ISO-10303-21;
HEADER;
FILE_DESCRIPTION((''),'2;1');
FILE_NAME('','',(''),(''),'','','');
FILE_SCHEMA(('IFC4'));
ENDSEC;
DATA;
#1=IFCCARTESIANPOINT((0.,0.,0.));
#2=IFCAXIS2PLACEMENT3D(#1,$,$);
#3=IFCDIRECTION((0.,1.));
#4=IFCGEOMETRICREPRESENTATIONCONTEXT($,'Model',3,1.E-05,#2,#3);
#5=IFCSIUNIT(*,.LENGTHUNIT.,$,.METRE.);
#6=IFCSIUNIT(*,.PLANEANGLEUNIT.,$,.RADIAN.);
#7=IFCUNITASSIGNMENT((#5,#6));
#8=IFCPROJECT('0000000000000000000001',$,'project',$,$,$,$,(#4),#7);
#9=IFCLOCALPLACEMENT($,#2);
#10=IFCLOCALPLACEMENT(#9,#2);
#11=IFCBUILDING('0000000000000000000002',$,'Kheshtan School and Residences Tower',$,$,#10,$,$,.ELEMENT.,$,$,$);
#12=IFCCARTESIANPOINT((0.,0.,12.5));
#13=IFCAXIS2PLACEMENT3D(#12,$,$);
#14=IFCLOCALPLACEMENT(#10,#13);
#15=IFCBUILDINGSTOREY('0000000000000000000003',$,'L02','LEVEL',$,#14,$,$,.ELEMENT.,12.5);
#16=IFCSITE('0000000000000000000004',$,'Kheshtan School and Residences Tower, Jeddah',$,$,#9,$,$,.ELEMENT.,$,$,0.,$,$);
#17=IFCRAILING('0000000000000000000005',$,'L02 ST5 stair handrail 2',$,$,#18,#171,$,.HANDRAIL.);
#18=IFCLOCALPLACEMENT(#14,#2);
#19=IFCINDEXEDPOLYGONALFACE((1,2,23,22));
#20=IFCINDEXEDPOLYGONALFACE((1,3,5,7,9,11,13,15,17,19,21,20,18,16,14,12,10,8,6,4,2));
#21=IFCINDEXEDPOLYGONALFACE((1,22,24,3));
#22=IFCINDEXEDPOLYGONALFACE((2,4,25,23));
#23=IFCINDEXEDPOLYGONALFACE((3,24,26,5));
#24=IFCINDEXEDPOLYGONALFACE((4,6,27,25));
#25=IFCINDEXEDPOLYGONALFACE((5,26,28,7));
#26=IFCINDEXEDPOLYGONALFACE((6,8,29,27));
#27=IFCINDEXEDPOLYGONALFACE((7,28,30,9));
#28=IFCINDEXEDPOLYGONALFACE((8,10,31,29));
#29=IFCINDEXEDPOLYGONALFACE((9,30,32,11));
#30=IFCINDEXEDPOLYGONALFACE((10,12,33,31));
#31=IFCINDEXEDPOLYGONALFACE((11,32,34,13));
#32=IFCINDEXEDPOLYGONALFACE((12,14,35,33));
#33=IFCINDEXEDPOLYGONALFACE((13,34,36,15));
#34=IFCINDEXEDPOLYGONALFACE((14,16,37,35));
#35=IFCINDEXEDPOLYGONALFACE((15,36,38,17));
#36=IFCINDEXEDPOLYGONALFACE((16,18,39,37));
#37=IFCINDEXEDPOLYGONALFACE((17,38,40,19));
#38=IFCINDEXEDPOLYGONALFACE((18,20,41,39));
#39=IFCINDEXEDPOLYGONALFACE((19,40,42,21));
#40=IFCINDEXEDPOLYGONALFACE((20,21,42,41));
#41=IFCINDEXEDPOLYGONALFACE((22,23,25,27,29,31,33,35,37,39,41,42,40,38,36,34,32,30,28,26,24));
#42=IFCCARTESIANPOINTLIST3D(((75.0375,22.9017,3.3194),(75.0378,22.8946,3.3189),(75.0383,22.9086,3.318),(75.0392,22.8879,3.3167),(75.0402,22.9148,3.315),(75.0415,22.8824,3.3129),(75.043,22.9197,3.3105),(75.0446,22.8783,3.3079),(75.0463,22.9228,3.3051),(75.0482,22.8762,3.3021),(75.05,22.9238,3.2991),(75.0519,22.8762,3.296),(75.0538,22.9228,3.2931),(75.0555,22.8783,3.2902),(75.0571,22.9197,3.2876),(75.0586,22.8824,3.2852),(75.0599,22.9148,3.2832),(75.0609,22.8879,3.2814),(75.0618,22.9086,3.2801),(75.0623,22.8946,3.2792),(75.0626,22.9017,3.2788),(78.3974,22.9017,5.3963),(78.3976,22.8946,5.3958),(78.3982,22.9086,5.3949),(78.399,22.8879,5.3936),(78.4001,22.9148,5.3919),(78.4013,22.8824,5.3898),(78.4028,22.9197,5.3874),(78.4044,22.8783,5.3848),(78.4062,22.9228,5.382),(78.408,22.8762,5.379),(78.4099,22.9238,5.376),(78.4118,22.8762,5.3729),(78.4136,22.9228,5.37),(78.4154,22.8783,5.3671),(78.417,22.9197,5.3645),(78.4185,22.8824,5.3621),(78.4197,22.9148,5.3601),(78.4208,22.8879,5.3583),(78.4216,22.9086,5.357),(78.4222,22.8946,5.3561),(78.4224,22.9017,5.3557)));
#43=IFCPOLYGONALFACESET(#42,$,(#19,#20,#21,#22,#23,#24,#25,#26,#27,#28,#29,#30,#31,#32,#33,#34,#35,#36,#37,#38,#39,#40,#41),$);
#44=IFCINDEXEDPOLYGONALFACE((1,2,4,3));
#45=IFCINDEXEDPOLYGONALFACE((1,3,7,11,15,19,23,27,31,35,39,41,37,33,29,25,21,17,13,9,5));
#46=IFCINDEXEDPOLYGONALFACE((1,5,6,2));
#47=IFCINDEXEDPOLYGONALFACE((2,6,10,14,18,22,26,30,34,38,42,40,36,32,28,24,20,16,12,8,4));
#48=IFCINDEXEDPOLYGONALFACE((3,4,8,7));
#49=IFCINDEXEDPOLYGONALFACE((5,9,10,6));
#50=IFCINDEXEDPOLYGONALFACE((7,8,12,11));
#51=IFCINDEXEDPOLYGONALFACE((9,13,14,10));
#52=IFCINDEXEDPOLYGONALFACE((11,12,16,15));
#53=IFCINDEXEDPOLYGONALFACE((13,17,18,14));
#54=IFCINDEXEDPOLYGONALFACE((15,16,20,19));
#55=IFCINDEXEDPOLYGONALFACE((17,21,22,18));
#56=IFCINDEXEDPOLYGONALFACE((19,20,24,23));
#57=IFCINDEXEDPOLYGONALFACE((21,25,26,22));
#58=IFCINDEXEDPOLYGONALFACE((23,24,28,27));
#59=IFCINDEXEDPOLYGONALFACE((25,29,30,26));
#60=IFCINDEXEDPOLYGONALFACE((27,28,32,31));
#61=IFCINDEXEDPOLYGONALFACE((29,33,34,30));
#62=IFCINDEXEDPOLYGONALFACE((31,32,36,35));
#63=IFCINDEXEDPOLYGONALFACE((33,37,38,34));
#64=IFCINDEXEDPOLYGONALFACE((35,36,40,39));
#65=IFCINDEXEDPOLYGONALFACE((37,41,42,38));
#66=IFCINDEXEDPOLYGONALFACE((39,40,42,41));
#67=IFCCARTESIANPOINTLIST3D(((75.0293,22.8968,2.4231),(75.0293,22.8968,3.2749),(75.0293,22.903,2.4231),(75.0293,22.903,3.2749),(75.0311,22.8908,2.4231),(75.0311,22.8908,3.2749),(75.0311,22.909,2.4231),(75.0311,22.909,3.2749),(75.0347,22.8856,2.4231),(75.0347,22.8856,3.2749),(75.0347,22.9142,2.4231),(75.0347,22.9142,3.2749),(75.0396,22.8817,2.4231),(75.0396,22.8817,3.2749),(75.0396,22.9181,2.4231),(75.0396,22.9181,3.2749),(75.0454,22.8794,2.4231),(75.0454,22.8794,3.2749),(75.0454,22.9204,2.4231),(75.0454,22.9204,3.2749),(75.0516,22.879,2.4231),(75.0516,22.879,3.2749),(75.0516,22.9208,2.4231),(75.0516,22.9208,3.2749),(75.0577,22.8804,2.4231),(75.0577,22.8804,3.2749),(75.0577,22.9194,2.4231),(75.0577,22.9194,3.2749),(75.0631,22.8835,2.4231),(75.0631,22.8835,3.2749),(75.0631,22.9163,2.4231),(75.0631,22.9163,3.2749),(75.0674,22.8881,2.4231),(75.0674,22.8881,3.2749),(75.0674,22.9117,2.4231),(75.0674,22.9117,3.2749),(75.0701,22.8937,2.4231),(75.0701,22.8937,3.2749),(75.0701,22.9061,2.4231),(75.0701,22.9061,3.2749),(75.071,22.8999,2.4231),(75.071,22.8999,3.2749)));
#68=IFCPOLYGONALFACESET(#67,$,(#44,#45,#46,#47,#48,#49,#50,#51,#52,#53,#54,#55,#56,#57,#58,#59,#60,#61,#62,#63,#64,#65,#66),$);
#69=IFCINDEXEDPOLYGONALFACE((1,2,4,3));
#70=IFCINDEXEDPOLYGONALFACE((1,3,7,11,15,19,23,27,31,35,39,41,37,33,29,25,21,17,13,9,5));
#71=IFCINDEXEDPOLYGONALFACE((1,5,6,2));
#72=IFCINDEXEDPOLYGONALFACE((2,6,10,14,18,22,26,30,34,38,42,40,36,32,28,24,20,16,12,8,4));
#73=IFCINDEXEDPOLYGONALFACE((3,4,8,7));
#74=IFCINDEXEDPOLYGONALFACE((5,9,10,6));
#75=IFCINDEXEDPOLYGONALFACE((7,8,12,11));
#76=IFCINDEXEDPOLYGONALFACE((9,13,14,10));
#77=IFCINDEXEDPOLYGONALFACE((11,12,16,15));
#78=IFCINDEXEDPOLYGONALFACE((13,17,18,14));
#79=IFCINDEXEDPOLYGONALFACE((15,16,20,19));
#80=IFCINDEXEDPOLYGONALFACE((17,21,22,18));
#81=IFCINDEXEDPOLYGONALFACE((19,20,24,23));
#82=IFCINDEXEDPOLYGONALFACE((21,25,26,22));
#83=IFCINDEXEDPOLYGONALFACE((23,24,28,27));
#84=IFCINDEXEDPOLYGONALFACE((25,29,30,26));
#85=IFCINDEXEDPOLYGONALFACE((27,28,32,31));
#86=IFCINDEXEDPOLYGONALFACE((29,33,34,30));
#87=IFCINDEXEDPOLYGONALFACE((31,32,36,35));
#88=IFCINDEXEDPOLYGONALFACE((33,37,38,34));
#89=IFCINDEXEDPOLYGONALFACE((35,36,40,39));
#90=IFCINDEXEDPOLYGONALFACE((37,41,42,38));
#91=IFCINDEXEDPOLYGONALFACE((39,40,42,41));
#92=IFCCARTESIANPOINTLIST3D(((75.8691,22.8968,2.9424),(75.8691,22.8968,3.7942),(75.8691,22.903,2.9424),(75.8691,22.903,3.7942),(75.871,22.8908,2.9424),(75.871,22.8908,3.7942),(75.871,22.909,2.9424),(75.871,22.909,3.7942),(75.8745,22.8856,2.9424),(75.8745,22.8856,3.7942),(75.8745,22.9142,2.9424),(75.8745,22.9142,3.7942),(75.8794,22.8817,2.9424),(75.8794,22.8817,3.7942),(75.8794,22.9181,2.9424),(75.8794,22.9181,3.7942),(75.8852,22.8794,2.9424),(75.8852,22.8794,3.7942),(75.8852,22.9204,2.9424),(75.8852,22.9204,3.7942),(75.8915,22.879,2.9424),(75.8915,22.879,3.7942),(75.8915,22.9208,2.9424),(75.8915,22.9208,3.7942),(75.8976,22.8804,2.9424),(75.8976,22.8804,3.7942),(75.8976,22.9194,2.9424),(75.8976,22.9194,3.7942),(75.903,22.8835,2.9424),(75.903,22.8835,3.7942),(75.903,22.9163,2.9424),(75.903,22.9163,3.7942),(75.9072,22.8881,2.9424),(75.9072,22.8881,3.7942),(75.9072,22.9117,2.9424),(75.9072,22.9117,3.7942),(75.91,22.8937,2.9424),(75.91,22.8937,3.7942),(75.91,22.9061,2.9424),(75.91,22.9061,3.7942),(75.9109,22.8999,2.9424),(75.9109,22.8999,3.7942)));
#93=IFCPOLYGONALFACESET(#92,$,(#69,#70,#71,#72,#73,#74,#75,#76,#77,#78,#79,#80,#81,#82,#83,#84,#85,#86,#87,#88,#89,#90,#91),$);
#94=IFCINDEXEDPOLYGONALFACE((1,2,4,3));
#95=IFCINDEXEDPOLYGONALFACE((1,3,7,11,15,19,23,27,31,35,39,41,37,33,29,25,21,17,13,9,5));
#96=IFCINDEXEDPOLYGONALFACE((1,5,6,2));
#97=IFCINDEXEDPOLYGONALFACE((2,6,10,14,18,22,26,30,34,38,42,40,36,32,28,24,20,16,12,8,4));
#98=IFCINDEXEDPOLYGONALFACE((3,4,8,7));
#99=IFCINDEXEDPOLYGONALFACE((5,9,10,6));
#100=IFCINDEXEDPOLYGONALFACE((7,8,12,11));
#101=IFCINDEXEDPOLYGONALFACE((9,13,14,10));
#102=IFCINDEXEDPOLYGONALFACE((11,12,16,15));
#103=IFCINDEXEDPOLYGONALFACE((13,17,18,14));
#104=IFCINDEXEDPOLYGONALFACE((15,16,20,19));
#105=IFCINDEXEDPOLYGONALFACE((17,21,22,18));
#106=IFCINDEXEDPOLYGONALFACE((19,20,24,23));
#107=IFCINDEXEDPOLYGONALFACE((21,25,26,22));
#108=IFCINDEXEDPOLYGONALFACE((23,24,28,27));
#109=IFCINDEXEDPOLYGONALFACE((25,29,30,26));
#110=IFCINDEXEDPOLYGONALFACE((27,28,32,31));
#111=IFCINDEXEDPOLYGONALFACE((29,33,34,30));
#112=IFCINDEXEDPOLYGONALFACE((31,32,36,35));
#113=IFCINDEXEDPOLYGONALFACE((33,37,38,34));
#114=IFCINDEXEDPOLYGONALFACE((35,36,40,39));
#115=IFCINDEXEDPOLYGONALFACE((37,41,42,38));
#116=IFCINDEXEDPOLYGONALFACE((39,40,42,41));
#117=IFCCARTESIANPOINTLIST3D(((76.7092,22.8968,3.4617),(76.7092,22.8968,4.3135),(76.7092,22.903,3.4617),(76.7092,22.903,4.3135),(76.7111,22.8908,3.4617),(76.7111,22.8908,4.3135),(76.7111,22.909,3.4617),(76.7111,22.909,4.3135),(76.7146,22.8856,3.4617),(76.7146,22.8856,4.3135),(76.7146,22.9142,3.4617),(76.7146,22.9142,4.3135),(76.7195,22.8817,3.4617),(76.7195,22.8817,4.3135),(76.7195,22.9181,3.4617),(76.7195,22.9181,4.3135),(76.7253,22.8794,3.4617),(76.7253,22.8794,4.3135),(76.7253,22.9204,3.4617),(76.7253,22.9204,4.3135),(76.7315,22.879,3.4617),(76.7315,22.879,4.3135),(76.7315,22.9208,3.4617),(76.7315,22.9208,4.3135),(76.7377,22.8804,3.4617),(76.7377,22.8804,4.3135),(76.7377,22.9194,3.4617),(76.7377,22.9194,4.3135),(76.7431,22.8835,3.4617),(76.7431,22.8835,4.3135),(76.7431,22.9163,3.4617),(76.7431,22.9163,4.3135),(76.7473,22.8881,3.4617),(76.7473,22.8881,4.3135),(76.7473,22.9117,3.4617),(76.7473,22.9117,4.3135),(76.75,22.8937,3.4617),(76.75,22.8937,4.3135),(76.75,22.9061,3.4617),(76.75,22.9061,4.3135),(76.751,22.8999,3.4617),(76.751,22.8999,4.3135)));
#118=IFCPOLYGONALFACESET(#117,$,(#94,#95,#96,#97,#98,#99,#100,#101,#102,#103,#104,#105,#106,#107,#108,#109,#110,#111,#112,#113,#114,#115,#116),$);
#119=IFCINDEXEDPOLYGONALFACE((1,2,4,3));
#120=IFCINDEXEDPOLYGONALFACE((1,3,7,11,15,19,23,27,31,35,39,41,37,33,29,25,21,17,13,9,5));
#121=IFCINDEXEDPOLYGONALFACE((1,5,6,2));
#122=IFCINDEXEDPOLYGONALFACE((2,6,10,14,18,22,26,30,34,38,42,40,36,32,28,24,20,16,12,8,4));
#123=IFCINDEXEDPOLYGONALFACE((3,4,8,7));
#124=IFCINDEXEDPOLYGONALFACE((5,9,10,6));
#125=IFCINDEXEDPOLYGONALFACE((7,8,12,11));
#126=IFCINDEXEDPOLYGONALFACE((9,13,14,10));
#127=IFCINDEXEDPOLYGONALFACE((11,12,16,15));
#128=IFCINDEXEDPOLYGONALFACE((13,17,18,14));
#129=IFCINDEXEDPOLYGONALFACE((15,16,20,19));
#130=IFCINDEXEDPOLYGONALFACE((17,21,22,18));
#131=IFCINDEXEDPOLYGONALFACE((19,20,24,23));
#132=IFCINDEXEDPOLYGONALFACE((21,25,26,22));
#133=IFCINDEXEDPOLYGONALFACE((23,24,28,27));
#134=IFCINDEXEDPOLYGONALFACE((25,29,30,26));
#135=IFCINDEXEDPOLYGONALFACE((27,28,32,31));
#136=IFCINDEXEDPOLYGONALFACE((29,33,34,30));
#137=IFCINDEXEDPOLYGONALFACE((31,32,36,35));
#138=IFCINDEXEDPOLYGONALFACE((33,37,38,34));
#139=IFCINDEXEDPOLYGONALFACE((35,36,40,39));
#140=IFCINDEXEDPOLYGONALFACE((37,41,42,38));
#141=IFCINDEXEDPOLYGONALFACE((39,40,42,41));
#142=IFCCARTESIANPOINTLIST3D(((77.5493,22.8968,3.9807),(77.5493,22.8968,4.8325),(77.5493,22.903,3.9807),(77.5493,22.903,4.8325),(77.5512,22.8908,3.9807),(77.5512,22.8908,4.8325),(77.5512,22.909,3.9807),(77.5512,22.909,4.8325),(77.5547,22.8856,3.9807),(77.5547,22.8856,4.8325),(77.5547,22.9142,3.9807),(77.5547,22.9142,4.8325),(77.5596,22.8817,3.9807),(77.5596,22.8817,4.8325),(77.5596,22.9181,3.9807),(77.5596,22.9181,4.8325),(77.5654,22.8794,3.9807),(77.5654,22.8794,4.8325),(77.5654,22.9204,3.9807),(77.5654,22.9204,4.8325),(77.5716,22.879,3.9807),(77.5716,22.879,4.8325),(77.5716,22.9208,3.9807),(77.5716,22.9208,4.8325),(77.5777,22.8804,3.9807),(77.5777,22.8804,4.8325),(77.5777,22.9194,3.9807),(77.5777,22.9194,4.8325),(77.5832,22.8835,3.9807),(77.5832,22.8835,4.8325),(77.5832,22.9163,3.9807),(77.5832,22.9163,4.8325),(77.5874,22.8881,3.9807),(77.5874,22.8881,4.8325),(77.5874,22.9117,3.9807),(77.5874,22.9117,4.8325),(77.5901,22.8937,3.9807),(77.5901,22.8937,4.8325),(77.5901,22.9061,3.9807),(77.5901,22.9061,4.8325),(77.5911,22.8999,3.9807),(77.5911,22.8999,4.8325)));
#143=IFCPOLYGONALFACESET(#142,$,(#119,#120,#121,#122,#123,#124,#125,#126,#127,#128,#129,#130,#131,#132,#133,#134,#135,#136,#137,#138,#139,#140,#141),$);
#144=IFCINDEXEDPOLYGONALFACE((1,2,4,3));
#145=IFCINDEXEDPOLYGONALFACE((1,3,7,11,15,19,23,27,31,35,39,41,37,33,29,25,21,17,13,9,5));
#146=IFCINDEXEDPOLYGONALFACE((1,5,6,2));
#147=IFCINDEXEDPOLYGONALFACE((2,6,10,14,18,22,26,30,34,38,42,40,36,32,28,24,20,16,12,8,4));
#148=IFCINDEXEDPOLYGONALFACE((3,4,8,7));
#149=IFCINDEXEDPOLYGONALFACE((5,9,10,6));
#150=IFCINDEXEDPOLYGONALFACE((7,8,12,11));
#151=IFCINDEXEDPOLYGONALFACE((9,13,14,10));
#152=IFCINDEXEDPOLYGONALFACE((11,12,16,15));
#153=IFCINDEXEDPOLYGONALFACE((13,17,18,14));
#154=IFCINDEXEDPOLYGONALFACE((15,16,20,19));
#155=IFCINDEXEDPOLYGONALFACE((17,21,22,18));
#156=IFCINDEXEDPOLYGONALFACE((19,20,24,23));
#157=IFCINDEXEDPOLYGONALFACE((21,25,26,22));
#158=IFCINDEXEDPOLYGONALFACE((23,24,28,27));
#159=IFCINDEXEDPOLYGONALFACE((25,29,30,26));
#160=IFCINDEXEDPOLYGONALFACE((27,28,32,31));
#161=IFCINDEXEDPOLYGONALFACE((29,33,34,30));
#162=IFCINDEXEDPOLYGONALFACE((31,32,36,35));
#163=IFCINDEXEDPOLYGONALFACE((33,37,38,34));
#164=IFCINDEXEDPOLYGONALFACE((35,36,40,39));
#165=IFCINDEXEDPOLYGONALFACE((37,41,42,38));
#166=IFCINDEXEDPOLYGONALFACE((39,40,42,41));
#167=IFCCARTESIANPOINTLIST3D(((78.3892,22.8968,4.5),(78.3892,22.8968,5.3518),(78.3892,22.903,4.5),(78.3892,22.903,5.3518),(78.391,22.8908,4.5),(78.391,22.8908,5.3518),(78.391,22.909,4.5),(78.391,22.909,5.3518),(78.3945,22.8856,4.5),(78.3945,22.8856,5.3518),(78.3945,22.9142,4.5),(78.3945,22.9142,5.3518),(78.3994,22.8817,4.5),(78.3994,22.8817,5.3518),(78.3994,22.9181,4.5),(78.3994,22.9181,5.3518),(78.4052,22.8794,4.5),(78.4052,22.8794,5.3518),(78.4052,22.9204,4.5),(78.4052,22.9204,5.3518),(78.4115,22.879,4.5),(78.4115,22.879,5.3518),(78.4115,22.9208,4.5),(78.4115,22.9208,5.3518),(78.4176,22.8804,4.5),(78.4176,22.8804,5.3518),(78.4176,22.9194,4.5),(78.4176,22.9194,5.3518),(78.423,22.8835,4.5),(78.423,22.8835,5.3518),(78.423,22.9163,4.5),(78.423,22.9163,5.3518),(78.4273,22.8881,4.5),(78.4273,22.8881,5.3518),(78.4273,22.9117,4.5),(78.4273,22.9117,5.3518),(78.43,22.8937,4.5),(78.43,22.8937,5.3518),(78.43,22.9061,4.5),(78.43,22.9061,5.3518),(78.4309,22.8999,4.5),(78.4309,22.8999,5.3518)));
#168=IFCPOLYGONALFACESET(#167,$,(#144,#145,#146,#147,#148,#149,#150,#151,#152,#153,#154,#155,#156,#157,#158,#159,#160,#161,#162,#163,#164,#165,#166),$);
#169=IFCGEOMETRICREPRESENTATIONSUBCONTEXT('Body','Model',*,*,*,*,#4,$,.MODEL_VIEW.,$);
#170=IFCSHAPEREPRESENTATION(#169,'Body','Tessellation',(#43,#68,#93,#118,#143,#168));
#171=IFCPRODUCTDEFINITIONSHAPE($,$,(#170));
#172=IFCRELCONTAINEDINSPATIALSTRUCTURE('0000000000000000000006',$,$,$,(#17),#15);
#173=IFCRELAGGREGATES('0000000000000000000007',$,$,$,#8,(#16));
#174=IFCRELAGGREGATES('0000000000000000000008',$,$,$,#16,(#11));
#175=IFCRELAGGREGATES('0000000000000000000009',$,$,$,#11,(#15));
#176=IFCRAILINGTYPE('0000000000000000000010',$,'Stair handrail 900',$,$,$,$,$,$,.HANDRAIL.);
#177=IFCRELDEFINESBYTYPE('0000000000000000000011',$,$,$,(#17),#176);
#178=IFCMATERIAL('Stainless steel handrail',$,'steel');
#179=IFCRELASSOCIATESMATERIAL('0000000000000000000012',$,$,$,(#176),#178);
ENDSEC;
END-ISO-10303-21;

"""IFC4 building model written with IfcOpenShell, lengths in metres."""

from ifc_helpers import new_model, si_unit, direction, frame, origin, origin_2d, place, context, subcontext, project, spatial, circle, extrude, material, type_object, element, save


model = new_model("IFC4")

# Units and contexts
model_context = context("Model", 3, precision=1e-05, world=origin(), true_north=direction((0.0, 1.0)))
body_context = subcontext(model_context, "Body", "Model", "MODEL_VIEW")
ifc_project = project(units=[si_unit("LENGTHUNIT", "METRE"), si_unit("PLANEANGLEUNIT", "RADIAN")], contexts=[model_context])

# Site, building, storey
site_placement = place(None, origin())
site = spatial("IfcSite", under=ifc_project, at=site_placement, Name="Kheshtan School and Residences Tower, Jeddah", CompositionType="ELEMENT", RefElevation=0.0)
building_placement = place(site_placement, origin())
building = spatial("IfcBuilding", under=site, at=building_placement, Name="Kheshtan School and Residences Tower", CompositionType="ELEMENT")
storey_placement = place(building_placement, frame((0.0, 0.0, 12.5)))
storey = spatial("IfcBuildingStorey", under=building, at=storey_placement, Name="L02", Description="LEVEL", CompositionType="ELEMENT", Elevation=12.5)

# Railing
ifc_material_1 = material(Name="Stainless steel handrail", Category="steel")
railing_type = type_object("IfcRailingType", Name="Stair handrail 900", PredefinedType="HANDRAIL", material=ifc_material_1)
railing_1_placement = place(storey_placement, frame((75.05, 22.8999, 2.4231)))
element("IfcRailing", 1, at=railing_1_placement, inside=storey, type_object=railing_type, Name="L02 ST5 stair handrail 2", PredefinedType="HANDRAIL", context=body_context, shape_type="SweptSolid", body=[
    extrude(circle(Radius=0.0239, at=origin_2d()), frame((0.0, 0.0, 0.876), z_axis=(0.850606, 0.0, 0.525803), x_axis=(0.0, 1.0, 0.0)), (0.0, 0.0, 1.0), 3.95),
    extrude(circle(Radius=0.021, at=origin_2d()), origin(), (0.0, 0.0, 1.0), 0.8518),
    extrude(circle(Radius=0.021, at=origin_2d()), frame((0.8398, 0.0, 0.5193)), (0.0, 0.0, 1.0), 0.8518),
    extrude(circle(Radius=0.021, at=origin_2d()), frame((1.6799, 0.0, 1.0386)), (0.0, 0.0, 1.0), 0.8518),
    extrude(circle(Radius=0.021, at=origin_2d()), frame((2.52, 0.0, 1.5576)), (0.0, 0.0, 1.0), 0.8518),
    extrude(circle(Radius=0.021, at=origin_2d()), frame((3.3599, 0.0, 2.0769)), (0.0, 0.0, 1.0), 0.8518),
])

save(model, "model.ifc")
